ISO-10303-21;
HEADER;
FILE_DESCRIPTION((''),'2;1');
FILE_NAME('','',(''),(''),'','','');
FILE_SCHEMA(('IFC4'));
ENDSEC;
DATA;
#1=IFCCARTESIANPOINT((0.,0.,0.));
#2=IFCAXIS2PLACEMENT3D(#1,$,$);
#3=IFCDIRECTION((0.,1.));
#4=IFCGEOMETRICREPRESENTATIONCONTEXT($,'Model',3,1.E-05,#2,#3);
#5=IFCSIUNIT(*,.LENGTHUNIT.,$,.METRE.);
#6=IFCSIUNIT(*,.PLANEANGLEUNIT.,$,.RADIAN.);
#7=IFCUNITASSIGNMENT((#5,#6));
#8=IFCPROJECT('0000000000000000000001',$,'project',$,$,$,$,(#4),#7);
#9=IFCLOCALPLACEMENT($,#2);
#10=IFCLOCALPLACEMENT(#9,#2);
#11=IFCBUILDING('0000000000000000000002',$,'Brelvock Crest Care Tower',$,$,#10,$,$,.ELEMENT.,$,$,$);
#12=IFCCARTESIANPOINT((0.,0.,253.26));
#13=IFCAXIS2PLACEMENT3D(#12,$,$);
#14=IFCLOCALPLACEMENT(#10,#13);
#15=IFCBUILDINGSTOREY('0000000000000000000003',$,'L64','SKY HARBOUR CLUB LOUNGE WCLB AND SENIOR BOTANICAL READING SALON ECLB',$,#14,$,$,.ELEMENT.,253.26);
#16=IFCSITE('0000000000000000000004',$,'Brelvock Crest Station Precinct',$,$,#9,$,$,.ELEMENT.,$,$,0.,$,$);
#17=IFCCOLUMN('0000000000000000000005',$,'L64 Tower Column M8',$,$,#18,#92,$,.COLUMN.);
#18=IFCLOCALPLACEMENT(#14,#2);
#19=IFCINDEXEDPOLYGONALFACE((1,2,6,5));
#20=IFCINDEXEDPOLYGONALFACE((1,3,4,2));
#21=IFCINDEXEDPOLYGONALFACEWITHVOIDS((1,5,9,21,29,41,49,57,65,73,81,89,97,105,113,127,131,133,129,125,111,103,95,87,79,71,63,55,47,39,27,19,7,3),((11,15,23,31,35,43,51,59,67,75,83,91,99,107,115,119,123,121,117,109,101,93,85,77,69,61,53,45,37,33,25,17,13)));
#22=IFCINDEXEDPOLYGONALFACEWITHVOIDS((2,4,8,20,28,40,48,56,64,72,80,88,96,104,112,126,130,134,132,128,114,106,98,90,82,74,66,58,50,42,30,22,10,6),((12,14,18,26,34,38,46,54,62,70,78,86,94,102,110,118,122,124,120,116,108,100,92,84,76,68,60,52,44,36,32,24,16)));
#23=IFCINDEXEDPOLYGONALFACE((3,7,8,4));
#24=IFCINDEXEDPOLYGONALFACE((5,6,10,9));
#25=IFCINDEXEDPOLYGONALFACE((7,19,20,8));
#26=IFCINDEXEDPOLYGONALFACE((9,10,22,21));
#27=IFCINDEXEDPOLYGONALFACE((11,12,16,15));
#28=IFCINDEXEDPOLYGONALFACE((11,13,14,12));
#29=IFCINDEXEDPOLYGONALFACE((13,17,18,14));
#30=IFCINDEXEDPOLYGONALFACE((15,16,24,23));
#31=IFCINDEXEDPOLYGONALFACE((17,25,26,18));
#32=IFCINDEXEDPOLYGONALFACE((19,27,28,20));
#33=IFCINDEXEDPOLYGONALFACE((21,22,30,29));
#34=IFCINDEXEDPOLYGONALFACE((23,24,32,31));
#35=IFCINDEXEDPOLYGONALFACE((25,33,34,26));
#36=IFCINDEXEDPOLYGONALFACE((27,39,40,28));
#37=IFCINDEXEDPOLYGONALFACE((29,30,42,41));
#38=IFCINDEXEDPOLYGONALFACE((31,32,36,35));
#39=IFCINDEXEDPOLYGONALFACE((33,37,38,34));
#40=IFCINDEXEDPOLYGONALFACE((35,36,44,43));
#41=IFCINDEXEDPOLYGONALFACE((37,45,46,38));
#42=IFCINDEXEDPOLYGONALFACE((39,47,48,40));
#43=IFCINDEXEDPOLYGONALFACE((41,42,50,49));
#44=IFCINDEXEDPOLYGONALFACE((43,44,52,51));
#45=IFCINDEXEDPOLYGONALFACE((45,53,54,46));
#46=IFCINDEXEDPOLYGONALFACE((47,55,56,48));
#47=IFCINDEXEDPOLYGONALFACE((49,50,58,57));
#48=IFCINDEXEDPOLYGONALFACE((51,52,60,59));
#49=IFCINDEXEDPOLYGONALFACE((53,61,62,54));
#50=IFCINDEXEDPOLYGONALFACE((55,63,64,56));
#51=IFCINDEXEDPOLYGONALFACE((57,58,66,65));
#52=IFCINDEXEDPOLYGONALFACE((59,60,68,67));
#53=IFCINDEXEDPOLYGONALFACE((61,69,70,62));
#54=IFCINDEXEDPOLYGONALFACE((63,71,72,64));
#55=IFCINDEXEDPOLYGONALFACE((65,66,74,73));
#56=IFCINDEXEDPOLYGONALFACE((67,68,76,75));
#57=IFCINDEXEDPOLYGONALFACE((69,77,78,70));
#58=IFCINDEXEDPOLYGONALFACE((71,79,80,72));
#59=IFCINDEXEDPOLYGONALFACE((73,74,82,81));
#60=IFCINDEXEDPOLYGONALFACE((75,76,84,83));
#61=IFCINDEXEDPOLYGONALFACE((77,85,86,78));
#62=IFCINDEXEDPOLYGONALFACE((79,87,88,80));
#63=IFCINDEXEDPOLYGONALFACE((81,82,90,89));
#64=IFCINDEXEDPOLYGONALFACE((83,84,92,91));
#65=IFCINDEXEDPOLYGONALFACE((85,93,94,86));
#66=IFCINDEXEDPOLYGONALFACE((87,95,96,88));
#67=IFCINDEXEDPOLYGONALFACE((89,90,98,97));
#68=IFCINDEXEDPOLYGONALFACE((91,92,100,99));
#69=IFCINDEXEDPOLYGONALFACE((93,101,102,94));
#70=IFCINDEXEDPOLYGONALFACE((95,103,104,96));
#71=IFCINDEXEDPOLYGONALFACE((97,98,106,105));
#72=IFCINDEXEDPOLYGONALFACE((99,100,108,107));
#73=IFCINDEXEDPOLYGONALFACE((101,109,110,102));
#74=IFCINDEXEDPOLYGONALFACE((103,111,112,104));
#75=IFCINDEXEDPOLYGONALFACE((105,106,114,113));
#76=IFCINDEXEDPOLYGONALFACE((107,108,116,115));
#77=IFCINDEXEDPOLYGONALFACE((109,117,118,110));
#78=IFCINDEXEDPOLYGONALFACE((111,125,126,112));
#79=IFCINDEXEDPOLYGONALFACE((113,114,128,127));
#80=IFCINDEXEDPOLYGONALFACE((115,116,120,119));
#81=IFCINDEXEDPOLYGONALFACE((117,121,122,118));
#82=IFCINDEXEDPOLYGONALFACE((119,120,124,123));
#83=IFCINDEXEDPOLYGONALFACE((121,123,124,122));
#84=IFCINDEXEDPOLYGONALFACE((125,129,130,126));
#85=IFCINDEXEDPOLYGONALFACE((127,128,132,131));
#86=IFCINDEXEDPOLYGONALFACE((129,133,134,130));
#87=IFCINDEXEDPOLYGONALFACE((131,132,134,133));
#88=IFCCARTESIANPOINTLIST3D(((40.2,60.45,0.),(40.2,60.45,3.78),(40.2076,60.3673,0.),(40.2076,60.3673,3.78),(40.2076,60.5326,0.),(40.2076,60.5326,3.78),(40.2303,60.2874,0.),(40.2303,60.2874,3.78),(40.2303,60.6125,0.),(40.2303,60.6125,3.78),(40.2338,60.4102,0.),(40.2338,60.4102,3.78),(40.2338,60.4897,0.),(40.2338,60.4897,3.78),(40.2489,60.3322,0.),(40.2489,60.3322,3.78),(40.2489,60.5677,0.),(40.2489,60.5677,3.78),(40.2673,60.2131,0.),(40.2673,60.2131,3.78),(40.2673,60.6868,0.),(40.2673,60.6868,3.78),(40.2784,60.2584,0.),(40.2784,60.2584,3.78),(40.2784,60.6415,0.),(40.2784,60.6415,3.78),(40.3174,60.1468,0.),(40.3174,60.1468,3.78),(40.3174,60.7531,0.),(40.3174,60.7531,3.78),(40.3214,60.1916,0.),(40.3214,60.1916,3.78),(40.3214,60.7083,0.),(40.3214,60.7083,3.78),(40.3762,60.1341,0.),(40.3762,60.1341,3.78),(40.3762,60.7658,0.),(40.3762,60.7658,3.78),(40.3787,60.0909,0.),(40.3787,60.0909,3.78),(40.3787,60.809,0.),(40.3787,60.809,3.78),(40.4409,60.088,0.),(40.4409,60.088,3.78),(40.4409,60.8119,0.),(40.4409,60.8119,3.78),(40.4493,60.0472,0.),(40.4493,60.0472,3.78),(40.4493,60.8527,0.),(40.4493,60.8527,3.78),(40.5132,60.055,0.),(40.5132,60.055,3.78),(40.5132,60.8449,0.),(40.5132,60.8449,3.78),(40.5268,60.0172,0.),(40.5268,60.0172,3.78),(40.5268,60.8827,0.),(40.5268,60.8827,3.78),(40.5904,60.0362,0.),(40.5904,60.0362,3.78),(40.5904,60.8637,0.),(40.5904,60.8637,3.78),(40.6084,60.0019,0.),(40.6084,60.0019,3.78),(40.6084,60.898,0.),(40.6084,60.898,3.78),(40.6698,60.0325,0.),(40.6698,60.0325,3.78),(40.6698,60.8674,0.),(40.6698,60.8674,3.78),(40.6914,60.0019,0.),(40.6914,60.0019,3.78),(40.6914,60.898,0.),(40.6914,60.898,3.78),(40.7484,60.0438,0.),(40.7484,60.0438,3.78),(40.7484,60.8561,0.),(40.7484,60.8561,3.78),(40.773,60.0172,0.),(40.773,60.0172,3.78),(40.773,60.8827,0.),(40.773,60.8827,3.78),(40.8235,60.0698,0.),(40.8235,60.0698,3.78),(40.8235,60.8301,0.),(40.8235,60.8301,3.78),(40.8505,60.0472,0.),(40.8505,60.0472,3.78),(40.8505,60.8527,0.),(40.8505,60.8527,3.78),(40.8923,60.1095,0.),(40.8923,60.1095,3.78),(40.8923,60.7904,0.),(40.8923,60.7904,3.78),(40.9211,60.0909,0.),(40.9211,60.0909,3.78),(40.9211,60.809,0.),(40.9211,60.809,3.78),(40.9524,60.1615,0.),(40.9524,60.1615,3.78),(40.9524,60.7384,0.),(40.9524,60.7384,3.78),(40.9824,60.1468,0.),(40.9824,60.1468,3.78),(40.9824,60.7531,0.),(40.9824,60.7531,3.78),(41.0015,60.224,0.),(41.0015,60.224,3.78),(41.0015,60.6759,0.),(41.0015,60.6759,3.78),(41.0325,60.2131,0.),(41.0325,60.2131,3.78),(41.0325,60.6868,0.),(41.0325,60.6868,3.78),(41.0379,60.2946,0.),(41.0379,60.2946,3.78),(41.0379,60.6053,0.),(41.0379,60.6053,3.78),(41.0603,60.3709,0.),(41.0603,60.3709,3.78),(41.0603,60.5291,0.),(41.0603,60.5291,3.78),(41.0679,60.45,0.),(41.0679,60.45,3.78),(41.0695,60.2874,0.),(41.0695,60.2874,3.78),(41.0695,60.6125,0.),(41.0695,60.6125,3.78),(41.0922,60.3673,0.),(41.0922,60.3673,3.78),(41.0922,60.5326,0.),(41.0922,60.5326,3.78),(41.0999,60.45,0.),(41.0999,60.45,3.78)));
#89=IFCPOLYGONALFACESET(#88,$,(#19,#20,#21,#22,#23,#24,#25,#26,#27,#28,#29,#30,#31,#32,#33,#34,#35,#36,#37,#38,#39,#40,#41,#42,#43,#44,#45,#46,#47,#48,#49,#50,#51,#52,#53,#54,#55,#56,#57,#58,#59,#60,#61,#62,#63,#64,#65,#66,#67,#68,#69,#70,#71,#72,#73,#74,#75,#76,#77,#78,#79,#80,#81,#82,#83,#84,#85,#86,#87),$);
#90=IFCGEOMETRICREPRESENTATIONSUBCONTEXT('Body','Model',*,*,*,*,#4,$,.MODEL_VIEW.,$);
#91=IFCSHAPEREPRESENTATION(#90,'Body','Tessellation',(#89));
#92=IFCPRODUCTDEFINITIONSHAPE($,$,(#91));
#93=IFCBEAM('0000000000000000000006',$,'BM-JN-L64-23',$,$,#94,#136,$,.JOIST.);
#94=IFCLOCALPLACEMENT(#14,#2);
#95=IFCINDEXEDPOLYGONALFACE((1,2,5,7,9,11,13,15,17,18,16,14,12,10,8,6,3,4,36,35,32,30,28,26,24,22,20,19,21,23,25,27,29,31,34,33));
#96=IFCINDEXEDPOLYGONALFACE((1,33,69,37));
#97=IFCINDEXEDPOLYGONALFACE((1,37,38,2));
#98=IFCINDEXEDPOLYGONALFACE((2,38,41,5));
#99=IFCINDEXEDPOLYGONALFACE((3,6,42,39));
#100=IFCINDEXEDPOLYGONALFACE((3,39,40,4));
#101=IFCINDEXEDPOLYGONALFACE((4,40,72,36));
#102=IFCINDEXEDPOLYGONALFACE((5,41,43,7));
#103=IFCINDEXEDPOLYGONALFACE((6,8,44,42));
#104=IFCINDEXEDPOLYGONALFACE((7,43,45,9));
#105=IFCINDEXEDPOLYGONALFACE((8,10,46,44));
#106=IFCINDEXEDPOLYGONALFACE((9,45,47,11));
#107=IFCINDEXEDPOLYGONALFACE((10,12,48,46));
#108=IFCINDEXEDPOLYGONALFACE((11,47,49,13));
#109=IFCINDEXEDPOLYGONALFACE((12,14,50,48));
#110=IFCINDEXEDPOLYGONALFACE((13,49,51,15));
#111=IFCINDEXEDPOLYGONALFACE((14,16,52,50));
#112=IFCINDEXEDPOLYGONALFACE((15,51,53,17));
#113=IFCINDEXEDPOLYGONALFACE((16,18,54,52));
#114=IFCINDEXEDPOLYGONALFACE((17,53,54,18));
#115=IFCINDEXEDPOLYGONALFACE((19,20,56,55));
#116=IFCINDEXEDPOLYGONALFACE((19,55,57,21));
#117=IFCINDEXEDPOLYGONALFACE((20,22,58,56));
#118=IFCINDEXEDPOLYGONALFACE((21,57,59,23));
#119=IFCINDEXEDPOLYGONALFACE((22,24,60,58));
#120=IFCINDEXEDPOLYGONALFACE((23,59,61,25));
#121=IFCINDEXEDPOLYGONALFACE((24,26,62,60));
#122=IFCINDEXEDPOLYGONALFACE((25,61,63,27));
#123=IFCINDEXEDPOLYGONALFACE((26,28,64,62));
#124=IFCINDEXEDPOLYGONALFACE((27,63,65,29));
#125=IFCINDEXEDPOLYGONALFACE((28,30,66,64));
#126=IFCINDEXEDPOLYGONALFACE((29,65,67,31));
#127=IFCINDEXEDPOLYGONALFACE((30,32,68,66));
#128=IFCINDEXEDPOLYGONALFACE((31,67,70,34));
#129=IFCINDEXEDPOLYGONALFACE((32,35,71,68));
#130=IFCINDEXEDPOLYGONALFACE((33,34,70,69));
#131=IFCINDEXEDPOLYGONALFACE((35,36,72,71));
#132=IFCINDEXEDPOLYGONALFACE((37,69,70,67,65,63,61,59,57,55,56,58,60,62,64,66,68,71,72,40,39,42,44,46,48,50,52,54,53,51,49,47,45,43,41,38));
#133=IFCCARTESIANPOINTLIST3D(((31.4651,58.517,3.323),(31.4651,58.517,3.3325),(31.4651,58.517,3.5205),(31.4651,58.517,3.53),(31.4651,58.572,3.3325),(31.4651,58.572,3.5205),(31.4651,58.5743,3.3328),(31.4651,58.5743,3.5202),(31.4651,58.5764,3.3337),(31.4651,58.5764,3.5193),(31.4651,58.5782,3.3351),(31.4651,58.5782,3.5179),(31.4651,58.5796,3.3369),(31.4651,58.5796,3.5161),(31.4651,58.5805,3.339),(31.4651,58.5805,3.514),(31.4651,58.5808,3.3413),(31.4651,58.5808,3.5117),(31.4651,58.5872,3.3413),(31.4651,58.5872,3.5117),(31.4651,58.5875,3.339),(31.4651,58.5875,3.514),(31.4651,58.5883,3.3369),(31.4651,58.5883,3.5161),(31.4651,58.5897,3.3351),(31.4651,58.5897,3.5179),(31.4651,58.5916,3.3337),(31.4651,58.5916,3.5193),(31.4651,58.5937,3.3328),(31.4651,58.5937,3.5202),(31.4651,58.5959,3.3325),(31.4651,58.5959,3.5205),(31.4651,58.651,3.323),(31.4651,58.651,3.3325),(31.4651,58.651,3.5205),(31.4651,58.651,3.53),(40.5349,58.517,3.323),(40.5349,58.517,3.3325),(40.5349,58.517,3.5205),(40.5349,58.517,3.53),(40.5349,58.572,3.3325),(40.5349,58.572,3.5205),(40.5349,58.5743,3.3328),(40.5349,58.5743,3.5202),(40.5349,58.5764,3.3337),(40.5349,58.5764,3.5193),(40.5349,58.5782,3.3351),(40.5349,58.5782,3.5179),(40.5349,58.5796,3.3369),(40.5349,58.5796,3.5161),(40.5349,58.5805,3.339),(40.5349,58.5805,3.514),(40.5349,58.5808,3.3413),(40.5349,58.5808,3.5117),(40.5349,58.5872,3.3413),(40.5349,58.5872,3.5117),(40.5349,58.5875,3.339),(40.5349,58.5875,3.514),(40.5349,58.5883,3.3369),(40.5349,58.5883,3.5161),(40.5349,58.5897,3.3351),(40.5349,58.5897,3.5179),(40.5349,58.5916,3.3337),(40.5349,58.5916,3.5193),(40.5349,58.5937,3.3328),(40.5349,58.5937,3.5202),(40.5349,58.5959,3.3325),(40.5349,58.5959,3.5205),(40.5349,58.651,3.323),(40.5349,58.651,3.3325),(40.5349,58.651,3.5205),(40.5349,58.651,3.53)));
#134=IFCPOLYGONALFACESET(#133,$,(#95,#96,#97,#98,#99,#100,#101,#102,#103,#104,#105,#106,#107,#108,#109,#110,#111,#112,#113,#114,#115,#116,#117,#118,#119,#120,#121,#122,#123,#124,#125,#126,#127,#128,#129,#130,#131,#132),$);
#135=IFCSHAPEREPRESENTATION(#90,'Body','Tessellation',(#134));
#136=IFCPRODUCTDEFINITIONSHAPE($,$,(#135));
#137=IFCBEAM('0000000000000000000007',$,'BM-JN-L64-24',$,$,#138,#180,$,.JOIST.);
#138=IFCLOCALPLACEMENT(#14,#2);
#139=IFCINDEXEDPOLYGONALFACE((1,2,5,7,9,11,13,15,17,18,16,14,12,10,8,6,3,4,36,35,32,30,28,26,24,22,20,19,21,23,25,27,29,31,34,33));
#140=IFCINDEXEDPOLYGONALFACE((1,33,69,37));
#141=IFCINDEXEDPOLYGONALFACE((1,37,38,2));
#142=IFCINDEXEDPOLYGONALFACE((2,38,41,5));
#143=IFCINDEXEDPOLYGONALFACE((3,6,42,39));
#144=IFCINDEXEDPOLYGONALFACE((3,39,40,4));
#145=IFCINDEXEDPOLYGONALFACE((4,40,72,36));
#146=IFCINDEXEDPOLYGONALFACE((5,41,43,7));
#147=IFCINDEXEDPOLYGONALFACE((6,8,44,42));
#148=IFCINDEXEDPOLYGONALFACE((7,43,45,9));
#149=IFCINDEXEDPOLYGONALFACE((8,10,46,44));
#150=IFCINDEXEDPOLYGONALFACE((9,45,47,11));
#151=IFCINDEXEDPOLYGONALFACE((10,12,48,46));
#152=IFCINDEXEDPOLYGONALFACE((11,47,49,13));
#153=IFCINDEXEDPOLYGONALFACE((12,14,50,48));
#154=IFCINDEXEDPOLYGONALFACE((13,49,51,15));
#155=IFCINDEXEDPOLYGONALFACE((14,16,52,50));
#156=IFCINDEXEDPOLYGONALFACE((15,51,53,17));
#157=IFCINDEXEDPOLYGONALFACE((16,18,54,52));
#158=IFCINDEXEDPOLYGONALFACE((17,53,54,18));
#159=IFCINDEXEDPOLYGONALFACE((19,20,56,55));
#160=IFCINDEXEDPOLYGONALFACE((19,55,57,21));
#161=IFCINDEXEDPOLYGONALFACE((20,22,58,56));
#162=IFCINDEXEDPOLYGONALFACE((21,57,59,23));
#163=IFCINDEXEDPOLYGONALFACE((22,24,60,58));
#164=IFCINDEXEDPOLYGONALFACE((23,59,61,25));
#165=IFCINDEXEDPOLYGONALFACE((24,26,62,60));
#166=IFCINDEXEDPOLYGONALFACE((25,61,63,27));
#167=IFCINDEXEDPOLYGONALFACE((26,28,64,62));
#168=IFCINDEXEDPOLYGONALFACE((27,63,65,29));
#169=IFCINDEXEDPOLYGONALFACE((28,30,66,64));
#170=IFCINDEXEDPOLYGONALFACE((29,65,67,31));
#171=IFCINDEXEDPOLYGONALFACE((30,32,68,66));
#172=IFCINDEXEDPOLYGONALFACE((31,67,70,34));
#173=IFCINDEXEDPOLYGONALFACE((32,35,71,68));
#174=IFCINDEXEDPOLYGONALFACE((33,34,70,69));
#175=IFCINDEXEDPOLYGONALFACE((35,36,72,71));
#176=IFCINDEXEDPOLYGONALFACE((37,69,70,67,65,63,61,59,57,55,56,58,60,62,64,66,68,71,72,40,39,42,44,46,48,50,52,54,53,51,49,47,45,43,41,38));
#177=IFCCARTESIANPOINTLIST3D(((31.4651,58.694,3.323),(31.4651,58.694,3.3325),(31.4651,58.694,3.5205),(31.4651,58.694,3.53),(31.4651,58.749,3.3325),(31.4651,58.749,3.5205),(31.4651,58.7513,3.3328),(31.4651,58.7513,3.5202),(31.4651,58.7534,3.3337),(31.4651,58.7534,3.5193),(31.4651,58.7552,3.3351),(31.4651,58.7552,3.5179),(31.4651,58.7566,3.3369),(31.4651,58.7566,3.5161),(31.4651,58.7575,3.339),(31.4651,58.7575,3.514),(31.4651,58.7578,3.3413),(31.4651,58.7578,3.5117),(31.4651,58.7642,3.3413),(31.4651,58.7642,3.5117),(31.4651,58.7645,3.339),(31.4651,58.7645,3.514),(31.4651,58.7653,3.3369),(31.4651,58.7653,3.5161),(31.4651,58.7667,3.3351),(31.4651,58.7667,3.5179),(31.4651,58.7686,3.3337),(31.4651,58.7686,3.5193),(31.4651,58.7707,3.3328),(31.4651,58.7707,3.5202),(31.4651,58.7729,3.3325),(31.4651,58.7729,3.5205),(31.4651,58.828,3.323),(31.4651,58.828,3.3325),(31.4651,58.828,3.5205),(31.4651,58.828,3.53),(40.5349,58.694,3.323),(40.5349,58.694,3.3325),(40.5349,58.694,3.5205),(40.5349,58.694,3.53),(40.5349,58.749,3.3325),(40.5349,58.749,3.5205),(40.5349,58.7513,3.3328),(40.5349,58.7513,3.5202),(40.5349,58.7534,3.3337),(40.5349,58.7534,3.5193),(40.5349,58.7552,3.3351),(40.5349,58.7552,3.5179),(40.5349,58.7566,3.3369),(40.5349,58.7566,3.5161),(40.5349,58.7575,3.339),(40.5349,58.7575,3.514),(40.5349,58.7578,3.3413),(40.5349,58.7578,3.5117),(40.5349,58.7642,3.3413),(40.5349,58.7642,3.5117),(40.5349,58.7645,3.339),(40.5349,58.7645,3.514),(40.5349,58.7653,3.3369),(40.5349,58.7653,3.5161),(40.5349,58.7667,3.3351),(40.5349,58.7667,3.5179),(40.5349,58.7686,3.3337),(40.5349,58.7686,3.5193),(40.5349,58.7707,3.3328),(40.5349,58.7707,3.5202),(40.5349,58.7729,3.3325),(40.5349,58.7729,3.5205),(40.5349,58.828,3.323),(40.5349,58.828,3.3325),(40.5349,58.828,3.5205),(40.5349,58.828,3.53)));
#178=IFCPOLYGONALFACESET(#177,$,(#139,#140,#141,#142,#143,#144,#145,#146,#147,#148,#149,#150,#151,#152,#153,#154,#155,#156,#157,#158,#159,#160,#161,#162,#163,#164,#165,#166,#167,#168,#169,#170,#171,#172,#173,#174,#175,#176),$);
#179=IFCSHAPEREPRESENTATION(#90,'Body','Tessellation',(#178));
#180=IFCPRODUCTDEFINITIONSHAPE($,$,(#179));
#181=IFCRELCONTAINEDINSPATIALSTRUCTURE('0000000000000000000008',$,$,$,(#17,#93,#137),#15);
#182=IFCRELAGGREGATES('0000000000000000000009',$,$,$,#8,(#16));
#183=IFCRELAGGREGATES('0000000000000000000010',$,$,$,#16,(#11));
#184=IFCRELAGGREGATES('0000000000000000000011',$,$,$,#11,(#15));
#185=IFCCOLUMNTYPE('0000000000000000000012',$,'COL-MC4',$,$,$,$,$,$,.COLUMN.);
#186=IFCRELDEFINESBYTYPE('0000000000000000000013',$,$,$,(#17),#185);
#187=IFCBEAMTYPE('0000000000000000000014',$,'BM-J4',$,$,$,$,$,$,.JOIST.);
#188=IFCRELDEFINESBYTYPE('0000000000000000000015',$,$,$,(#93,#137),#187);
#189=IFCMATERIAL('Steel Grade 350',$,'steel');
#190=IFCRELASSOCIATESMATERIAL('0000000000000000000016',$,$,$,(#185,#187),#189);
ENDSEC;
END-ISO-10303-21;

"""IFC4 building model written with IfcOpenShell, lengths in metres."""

from ifc_helpers import new_model, si_unit, direction, frame, origin, origin_2d, place, context, subcontext, project, spatial, hollow_circle, i_section, extrude, source, transform, mapped, material, material_profile, profile_set, type_object, element, save


model = new_model("IFC4")

# Units and contexts
model_context = context("Model", 3, precision=1e-05, world=origin(), true_north=direction((0.0, 1.0)))
body_context = subcontext(model_context, "Body", "Model", "MODEL_VIEW")
ifc_project = project(units=[si_unit("LENGTHUNIT", "METRE"), si_unit("PLANEANGLEUNIT", "RADIAN")], contexts=[model_context])

# Site, building, storey
site_placement = place(None, origin())
site = spatial("IfcSite", under=ifc_project, at=site_placement, Name="Brelvock Crest Station Precinct", CompositionType="ELEMENT", RefElevation=0.0)
building_placement = place(site_placement, origin())
building = spatial("IfcBuilding", under=site, at=building_placement, Name="Brelvock Crest Care Tower", CompositionType="ELEMENT")
storey_placement = place(building_placement, frame((0.0, 0.0, 253.26)))
storey = spatial("IfcBuildingStorey", under=building, at=storey_placement, Name="L64", Description="SKY HARBOUR CLUB LOUNGE WCLB AND SENIOR BOTANICAL READING SALON ECLB", CompositionType="ELEMENT", Elevation=253.26)

# Column
ifc_material_1 = material(Name="Steel Grade 350", Category="steel")
ifc_material_profile_1 = material_profile(ifc_material_1, hollow_circle(Radius=0.45, WallThickness=0.032, at=origin_2d()), Name="CFT900x32")
ifc_profile_set_1 = profile_set([ifc_material_profile_1], Name="Steel Grade 350")
column_type = type_object("IfcColumnType", Name="COL-MC4", PredefinedType="COLUMN", material=ifc_profile_set_1)
shared_shape_1 = source(origin(), body_context, "Body", "SweptSolid", [
    extrude(hollow_circle(Radius=0.45, WallThickness=0.032, at=origin_2d()), origin(), (0.0, 0.0, 1.0), 3.78),
])
column_placement = place(storey_placement, frame((40.6499, 60.45, 0.0), z_axis=(0.0, 0.0, 1.0), x_axis=(1.0, 0.0, 0.0)))
element("IfcColumn", 1, at=column_placement, inside=storey, type_object=column_type, Name="L64 Tower Column M8", PredefinedType="COLUMN", context=body_context, shape_type="MappedRepresentation", body=[
    mapped(shared_shape_1, transform((0.0, 0.0, 0.0), x_axis=(1.0, 0.0, 0.0), y_axis=(0.0, 1.0, 0.0), z_axis=(0.0, 0.0, 1.0), scale=1.0)),
])

# Beams
ifc_material_profile_2 = material_profile(ifc_material_1, i_section(OverallWidth=0.134, OverallDepth=0.207, WebThickness=0.0063, FlangeThickness=0.0095, FilletRadius=0.0088, at=origin_2d()), Name="200UB29.8")
ifc_profile_set_2 = profile_set([ifc_material_profile_2], Name="Steel Grade 350")
beam_type_1 = type_object("IfcBeamType", Name="BM-J4", PredefinedType="JOIST", material=ifc_profile_set_2)
shared_shape_2 = source(origin(), body_context, "Body", "SweptSolid", [
    extrude(i_section(OverallWidth=0.134, OverallDepth=0.207, WebThickness=0.0063, FlangeThickness=0.0095, FilletRadius=0.0088, at=origin_2d()), origin(), (0.0, 0.0, 1.0), 9.0698),
])
for number, where, z_axis, x_axis, name in (
    (2, (31.4651, 58.584, 3.4265), (1.0, 0.0, 0.0), (0.0, 1.0, 0.0), "BM-JN-L64-23"),
    (3, (31.4651, 58.761, 3.4265), (1.0, 0.0, 0.0), (0.0, 1.0, 0.0), "BM-JN-L64-24"),
):
    element("IfcBeam", number, at=place(storey_placement, frame(where, z_axis=z_axis, x_axis=x_axis)), inside=storey, type_object=beam_type_1, Name=name, PredefinedType="JOIST", context=body_context, shape_type="MappedRepresentation", body=[
        mapped(shared_shape_2, transform((0.0, 0.0, 0.0), x_axis=(1.0, 0.0, 0.0), y_axis=(0.0, 1.0, 0.0), z_axis=(0.0, 0.0, 1.0), scale=1.0)),
    ])

save(model, "model.ifc")
